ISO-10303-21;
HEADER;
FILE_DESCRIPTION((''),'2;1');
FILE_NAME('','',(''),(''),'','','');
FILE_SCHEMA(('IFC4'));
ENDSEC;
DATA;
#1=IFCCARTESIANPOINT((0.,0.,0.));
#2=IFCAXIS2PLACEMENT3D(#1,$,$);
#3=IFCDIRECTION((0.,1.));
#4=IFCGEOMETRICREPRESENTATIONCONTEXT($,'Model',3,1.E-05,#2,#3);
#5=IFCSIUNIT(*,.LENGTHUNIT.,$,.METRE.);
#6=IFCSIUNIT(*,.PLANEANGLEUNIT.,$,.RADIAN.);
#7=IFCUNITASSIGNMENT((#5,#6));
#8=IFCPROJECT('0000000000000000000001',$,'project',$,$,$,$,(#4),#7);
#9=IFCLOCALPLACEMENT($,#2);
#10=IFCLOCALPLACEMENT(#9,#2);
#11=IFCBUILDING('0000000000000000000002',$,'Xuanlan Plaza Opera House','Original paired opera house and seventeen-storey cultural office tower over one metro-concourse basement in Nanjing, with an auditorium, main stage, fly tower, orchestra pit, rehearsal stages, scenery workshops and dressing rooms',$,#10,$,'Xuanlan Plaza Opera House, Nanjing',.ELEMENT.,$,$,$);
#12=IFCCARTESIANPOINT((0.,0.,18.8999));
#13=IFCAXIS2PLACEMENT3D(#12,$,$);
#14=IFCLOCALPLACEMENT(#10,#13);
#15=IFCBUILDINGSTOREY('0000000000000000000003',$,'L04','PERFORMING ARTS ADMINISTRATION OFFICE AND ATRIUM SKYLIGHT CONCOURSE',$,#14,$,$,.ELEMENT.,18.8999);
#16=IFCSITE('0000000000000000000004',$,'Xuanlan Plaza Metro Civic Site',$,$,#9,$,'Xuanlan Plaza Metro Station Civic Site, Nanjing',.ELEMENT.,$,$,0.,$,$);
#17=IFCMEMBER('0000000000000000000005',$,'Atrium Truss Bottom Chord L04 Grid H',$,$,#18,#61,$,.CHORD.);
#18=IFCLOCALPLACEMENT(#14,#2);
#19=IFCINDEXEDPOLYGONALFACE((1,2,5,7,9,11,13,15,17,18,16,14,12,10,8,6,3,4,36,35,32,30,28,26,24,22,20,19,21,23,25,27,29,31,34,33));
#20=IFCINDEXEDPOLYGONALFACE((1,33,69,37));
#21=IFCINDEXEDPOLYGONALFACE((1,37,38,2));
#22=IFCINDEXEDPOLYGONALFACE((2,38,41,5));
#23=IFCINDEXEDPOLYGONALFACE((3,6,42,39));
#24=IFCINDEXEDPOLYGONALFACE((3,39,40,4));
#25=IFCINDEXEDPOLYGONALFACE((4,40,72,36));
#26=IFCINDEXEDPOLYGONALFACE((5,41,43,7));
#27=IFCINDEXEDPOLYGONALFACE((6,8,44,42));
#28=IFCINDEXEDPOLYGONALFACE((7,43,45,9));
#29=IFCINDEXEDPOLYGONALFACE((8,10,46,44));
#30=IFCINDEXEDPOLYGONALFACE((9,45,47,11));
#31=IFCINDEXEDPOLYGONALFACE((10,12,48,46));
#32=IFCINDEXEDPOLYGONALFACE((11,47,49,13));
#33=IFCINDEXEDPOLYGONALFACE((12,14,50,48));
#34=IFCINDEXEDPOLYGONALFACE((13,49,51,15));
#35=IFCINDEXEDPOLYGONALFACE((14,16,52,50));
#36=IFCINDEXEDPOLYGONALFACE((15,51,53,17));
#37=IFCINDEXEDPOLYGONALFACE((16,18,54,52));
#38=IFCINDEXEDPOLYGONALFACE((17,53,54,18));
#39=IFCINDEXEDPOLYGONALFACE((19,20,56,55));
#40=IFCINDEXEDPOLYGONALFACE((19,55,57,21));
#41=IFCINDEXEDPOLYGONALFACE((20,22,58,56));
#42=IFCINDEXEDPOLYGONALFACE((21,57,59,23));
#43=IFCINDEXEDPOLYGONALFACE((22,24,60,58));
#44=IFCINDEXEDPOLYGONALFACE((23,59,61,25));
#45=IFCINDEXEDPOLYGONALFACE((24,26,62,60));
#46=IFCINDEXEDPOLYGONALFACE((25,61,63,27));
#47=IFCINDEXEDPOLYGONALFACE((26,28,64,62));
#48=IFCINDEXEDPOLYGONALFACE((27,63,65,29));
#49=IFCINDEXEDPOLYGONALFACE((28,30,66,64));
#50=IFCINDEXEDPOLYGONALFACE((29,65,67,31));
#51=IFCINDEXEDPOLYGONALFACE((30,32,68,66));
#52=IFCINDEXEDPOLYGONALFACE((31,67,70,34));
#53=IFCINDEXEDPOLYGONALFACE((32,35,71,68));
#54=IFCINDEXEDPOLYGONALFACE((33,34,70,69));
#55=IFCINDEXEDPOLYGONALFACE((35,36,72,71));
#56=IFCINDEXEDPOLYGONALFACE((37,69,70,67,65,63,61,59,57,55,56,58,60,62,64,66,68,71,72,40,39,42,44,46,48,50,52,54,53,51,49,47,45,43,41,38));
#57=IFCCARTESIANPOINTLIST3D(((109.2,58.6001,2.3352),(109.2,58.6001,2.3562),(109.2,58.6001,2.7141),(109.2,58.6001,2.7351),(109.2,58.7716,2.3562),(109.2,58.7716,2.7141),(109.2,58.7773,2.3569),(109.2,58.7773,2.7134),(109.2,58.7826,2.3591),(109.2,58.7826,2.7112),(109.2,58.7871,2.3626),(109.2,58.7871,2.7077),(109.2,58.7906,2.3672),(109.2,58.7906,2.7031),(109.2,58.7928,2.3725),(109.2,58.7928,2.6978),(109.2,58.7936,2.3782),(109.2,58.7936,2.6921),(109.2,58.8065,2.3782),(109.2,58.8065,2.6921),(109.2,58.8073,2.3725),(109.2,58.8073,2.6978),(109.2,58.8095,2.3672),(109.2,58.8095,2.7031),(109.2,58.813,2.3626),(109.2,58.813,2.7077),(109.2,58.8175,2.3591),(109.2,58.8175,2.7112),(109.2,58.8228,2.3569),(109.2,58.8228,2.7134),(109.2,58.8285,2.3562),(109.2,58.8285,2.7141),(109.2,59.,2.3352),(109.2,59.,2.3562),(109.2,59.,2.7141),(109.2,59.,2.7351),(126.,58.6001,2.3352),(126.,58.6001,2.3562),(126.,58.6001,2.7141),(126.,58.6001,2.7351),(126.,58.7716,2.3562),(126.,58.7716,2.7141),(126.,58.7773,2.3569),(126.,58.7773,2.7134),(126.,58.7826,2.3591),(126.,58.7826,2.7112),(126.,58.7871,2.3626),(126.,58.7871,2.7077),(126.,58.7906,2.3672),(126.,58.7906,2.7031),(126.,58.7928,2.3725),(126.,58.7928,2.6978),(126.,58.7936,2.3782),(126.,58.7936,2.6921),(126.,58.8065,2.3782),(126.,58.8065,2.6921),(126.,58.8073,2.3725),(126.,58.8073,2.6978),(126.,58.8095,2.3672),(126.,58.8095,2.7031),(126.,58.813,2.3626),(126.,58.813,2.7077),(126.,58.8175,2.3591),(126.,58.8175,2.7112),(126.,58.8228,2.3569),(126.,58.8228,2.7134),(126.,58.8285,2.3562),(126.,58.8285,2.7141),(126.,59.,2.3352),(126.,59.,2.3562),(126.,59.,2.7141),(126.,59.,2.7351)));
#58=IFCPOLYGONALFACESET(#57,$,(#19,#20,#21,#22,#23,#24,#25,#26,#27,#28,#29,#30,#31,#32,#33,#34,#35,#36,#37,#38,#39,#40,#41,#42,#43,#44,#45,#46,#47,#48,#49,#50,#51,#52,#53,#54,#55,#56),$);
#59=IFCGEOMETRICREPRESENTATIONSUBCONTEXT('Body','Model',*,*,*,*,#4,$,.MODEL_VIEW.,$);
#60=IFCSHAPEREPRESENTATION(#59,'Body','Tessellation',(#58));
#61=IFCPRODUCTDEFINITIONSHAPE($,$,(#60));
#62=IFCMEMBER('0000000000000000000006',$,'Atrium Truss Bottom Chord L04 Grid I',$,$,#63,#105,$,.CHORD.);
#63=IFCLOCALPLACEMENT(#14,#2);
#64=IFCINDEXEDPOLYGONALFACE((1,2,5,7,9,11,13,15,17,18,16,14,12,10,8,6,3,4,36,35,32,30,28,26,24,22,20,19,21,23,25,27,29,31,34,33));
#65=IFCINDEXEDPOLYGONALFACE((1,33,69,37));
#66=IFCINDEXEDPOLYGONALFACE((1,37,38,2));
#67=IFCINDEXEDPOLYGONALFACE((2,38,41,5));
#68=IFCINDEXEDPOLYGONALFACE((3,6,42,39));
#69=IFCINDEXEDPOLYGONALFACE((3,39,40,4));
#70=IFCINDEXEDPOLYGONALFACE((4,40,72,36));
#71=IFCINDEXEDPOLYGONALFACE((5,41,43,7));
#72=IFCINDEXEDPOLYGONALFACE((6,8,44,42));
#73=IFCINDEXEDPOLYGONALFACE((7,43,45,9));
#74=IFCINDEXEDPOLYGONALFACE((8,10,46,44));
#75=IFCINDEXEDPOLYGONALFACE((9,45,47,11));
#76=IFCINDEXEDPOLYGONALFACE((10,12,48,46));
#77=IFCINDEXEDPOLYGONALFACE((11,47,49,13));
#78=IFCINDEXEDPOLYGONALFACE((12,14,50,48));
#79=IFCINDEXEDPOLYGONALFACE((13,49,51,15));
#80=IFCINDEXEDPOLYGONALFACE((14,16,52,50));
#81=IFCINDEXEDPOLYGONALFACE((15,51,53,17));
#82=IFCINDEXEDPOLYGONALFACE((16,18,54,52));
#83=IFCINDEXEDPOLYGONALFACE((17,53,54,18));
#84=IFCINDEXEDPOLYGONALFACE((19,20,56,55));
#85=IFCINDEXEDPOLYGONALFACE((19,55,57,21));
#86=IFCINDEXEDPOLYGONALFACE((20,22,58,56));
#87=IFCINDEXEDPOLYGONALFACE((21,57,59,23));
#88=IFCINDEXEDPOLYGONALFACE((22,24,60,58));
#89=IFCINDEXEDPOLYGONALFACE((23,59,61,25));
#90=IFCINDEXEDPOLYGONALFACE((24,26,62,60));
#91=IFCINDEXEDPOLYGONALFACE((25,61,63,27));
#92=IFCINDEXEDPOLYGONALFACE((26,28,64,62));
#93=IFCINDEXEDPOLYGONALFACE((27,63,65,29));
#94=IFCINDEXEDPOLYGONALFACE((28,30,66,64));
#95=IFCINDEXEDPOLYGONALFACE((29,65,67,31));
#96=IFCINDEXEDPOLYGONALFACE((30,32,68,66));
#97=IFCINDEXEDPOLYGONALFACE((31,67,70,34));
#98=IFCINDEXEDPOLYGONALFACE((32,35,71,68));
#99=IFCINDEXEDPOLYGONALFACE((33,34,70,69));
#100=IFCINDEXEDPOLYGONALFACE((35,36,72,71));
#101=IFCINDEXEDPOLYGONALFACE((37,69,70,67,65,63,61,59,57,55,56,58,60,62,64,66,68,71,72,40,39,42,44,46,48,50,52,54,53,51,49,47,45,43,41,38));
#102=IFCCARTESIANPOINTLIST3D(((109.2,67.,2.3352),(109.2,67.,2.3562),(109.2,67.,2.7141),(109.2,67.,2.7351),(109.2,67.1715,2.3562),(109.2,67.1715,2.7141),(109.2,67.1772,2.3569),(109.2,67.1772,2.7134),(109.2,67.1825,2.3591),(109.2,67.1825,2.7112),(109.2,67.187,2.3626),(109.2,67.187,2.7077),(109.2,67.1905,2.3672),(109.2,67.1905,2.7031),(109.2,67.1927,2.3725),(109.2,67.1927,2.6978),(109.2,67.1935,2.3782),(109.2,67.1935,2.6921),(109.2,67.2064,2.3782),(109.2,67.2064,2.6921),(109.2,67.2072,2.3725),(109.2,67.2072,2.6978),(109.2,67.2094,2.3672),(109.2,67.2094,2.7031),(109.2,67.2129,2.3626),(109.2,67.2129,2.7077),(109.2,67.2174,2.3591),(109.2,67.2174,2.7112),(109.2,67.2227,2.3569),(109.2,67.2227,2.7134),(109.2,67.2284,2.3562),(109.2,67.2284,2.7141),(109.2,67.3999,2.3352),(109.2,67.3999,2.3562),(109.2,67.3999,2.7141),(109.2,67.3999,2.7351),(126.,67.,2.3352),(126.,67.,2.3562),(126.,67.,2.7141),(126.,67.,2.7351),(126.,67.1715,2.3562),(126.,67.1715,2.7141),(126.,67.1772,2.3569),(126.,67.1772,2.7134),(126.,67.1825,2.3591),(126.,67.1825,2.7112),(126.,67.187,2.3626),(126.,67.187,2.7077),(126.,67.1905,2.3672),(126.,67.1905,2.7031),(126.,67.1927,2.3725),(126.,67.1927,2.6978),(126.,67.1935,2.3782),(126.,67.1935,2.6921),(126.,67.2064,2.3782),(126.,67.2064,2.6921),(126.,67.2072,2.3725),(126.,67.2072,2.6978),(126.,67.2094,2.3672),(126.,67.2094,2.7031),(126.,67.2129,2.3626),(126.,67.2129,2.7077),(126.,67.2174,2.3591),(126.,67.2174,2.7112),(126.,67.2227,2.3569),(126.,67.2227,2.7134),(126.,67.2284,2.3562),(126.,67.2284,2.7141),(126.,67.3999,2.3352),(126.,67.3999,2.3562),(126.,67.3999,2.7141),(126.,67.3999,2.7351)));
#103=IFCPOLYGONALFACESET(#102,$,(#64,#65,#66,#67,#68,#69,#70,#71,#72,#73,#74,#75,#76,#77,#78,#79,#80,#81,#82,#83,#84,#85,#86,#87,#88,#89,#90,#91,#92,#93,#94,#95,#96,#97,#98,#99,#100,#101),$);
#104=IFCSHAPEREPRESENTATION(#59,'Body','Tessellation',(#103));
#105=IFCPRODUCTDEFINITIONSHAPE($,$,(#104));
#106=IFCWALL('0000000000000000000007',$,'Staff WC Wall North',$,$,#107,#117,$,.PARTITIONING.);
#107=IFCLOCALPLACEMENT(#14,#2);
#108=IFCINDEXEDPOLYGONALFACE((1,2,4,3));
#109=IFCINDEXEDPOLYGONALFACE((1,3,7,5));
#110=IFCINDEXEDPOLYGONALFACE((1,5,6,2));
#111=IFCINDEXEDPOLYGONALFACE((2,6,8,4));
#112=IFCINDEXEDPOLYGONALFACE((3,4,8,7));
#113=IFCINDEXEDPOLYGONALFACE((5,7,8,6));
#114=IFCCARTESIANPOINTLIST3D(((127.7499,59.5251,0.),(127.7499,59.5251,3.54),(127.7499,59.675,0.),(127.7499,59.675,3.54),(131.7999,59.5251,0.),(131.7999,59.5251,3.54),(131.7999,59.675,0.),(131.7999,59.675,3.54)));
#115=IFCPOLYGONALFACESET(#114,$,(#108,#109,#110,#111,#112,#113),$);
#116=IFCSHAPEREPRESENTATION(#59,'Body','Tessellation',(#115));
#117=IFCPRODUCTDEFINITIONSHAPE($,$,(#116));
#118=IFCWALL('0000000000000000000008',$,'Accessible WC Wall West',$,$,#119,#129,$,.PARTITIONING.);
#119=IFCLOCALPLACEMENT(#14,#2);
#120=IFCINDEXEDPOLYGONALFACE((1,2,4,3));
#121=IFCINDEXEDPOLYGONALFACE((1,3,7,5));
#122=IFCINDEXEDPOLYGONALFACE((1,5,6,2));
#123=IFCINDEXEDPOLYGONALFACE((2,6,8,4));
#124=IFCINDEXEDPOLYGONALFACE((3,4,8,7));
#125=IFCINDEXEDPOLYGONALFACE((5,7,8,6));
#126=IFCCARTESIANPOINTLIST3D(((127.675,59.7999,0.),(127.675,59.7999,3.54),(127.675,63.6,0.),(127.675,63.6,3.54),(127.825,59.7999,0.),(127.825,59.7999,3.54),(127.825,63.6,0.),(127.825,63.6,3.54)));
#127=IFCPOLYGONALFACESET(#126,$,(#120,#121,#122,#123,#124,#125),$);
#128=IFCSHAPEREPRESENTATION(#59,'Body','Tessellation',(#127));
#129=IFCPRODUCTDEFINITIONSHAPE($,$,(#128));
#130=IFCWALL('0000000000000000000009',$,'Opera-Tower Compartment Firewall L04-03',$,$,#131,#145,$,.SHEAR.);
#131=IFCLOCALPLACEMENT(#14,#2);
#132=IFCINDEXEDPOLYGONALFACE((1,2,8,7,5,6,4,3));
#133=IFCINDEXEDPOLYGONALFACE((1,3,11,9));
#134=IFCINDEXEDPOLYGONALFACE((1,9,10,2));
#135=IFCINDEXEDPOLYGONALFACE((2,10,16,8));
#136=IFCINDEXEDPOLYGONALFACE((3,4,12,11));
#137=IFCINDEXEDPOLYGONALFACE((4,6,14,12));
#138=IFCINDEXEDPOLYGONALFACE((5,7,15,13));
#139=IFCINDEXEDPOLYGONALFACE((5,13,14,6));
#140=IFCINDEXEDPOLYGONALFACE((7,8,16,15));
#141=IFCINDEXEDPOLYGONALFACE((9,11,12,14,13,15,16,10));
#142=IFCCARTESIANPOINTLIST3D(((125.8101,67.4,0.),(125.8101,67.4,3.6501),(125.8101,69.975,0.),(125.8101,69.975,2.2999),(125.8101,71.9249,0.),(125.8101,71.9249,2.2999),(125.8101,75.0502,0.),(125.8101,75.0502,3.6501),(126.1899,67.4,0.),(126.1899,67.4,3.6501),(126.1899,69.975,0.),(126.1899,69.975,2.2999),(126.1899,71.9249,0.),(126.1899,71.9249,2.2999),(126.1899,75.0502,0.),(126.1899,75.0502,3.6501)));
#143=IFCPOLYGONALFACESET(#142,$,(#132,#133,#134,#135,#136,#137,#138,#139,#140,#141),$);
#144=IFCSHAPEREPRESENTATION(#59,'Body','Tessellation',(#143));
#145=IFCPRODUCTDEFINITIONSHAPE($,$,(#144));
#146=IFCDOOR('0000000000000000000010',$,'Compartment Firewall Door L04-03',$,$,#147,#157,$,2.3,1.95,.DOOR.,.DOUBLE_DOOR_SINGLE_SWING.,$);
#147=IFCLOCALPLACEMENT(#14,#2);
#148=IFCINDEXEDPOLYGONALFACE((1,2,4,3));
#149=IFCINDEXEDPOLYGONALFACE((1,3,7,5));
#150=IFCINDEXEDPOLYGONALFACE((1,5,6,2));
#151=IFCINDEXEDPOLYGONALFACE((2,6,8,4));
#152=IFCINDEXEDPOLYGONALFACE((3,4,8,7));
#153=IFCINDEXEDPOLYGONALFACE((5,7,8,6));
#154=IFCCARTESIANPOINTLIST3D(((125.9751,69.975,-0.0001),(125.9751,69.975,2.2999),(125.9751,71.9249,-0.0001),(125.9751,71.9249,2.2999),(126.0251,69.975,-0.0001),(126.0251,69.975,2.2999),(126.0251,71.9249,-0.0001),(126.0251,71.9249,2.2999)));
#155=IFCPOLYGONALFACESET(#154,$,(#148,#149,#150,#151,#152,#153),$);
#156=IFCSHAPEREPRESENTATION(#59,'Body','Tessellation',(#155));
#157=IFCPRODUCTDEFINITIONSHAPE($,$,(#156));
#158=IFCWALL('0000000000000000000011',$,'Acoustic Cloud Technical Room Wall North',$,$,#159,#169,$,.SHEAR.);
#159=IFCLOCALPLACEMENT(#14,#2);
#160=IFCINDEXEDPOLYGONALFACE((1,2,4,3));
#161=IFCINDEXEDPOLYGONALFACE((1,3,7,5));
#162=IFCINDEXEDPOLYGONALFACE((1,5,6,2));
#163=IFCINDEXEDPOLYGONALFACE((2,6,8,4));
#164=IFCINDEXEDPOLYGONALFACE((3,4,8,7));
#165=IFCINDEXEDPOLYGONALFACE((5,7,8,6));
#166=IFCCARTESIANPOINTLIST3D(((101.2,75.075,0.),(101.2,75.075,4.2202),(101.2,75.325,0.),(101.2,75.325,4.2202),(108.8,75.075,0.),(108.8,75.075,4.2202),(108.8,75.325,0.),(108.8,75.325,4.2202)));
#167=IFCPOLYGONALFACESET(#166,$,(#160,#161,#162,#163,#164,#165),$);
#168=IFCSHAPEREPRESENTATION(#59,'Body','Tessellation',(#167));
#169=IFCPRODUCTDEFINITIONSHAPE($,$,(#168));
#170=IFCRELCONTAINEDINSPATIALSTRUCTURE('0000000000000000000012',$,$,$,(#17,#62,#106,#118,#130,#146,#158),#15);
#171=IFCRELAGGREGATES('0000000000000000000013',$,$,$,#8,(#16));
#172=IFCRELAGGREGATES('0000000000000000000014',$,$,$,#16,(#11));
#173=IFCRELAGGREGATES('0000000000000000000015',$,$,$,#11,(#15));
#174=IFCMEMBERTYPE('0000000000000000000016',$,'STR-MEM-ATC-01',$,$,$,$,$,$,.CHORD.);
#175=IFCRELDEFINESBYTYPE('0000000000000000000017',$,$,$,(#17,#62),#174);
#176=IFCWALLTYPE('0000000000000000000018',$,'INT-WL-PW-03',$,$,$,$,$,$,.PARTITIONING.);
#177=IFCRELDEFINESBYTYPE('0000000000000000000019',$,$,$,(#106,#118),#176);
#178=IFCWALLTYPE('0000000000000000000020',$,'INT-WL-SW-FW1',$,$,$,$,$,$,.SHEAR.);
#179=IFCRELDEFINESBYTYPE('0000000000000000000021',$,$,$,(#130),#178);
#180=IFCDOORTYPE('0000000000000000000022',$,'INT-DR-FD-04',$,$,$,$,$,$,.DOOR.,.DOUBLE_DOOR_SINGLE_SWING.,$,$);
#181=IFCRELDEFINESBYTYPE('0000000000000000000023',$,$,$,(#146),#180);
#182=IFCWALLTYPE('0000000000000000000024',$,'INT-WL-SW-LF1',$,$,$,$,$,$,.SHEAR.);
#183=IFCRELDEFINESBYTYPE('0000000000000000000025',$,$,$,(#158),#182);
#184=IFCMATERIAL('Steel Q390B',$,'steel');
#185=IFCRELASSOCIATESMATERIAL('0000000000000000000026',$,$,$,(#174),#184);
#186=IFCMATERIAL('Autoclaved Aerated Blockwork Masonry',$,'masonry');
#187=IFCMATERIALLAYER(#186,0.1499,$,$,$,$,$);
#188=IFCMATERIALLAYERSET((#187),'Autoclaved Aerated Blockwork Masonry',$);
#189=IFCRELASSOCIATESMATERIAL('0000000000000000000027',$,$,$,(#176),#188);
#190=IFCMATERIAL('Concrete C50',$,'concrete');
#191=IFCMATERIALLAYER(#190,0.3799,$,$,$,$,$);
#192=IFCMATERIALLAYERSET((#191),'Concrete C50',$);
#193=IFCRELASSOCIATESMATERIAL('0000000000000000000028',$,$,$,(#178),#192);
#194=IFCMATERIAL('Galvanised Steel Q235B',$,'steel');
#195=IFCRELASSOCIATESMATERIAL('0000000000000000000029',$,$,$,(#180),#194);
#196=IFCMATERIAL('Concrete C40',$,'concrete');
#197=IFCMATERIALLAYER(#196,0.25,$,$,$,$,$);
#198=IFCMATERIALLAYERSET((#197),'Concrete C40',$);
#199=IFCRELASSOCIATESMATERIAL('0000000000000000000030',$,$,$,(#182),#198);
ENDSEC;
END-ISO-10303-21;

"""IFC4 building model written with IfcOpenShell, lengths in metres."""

from ifc_helpers import new_model, si_unit, direction, frame, frame_2d, origin, origin_2d, place, context, subcontext, project, spatial, rectangle, i_section, extrude, material, layer, layer_set, material_profile, profile_set, type_object, element, fill, save


model = new_model("IFC4")

# Units and contexts
model_context = context("Model", 3, precision=1e-05, world=origin(), true_north=direction((0.0, 1.0)))
body_context = subcontext(model_context, "Body", "Model", "MODEL_VIEW")
ifc_project = project(units=[si_unit("LENGTHUNIT", "METRE"), si_unit("PLANEANGLEUNIT", "RADIAN")], contexts=[model_context])

# Site, building, storey
site_placement = place(None, origin())
site = spatial("IfcSite", under=ifc_project, at=site_placement, Name="Xuanlan Plaza Metro Civic Site", LongName="Xuanlan Plaza Metro Station Civic Site, Nanjing", CompositionType="ELEMENT", RefElevation=0.0)
building_placement = place(site_placement, origin())
building = spatial("IfcBuilding", under=site, at=building_placement, Name="Xuanlan Plaza Opera House", Description="Original paired opera house and seventeen-storey cultural office tower over one metro-concourse basement in Nanjing, with an auditorium, main stage, fly tower, orchestra pit, rehearsal stages, scenery workshops and dressing rooms", LongName="Xuanlan Plaza Opera House, Nanjing", CompositionType="ELEMENT")
storey_placement = place(building_placement, frame((0.0, 0.0, 18.8999)))
storey = spatial("IfcBuildingStorey", under=building, at=storey_placement, Name="L04", Description="PERFORMING ARTS ADMINISTRATION OFFICE AND ATRIUM SKYLIGHT CONCOURSE", CompositionType="ELEMENT", Elevation=18.8999)

# Shared definitions
ifc_material_1 = material(Name="Concrete C50", Category="concrete")

# Shared definitions
ifc_material_2 = material(Name="Concrete C40", Category="concrete")
ifc_material_3 = material(Name="Steel Q390B", Category="steel")

# Members
ifc_material_profile_1 = material_profile(ifc_material_3, i_section(OverallWidth=0.3999, OverallDepth=0.3999, WebThickness=0.0129, FlangeThickness=0.021, FilletRadius=0.022, at=origin_2d()), Name="HW 400x400x13x21")
ifc_profile_set_1 = profile_set([ifc_material_profile_1], Name="Steel Q390B")
member_type = type_object("IfcMemberType", Name="STR-MEM-ATC-01", PredefinedType="CHORD", material=ifc_profile_set_1)
for number, where, z_axis, x_axis, name in (
    (1, (109.2, 58.8, 2.5352), (1.0, 0.0, 0.0), (0.0, 1.0, 0.0), "Atrium Truss Bottom Chord L04 Grid H"),
    (2, (109.2, 67.2, 2.5352), (1.0, 0.0, 0.0), (0.0, 1.0, 0.0), "Atrium Truss Bottom Chord L04 Grid I"),
):
    element("IfcMember", number, at=place(storey_placement, frame(where, z_axis=z_axis, x_axis=x_axis)), inside=storey, type_object=member_type, Name=name, PredefinedType="CHORD", context=body_context, shape_type="SweptSolid", body=[
        extrude(i_section(OverallWidth=0.3999, OverallDepth=0.3999, WebThickness=0.0129, FlangeThickness=0.021, FilletRadius=0.022, at=origin_2d()), origin(), (0.0, 0.0, 1.0), 16.8),
    ])

# Walls
ifc_material_4 = material(Name="Autoclaved Aerated Blockwork Masonry", Category="masonry")
ifc_layer_1 = layer(ifc_material_4, 0.1499)
ifc_layer_set_1 = layer_set([ifc_layer_1], Name="Autoclaved Aerated Blockwork Masonry")
wall_type_1 = type_object("IfcWallType", Name="INT-WL-PW-03", PredefinedType="PARTITIONING", material=ifc_layer_set_1)
wall_1_placement = place(storey_placement, frame((127.75, 59.6001, 0.0), z_axis=(0.0, 0.0, 1.0), x_axis=(1.0, 0.0, 0.0)))
element("IfcWall", 3, at=wall_1_placement, inside=storey, type_object=wall_type_1, Name="Staff WC Wall North", PredefinedType="PARTITIONING", context=body_context, shape_type="SweptSolid", body=[
    extrude(rectangle(XDim=4.05, YDim=0.1499, at=frame_2d((2.0249, 0.0))), origin(), (0.0, 0.0, 1.0), 3.54),
])
wall_2_placement = place(storey_placement, frame((127.75, 59.8, 0.0), z_axis=(0.0, 0.0, 1.0), x_axis=(0.0, 1.0, 0.0)))
element("IfcWall", 4, at=wall_2_placement, inside=storey, type_object=wall_type_1, Name="Accessible WC Wall West", PredefinedType="PARTITIONING", context=body_context, shape_type="SweptSolid", body=[
    extrude(rectangle(XDim=3.8, YDim=0.1499, at=frame_2d((1.8999, 0.0))), origin(), (0.0, 0.0, 1.0), 3.54),
])

# Wall, opening, door
ifc_layer_2 = layer(ifc_material_1, 0.3799)
ifc_layer_set_2 = layer_set([ifc_layer_2], Name="Concrete C50")
wall_type_2 = type_object("IfcWallType", Name="INT-WL-SW-FW1", PredefinedType="SHEAR", material=ifc_layer_set_2)
wall_3_placement = place(storey_placement, frame((126.0, 67.3999, 0.0), z_axis=(0.0, 0.0, 1.0), x_axis=(0.0, 1.0, 0.0)))
wall_3 = element("IfcWall", 5, at=wall_3_placement, inside=storey, type_object=wall_type_2, Name="Opera-Tower Compartment Firewall L04-03", PredefinedType="SHEAR", context=body_context, shape_type="SweptSolid", body=[
    extrude(rectangle(XDim=7.6501, YDim=0.3799, at=frame_2d((3.8252, 0.0))), origin(), (0.0, 0.0, 1.0), 3.6501),
])
opening_placement = place(wall_3_placement, frame((2.575, 0.0, 0.0)))
opening = element("IfcOpeningElement", 6, at=opening_placement, cuts=wall_3, PredefinedType="OPENING", context=body_context, shape_type="SweptSolid", body=[
    extrude(rectangle(XDim=1.95, YDim=2.3, at=frame_2d((0.9751, 1.1499))), frame((0.0, 0.2, 0.0), z_axis=(0.0, -1.0, 0.0), x_axis=(1.0, 0.0, 0.0)), (0.0, 0.0, 1.0), 0.3999),
])
ifc_material_5 = material(Name="Galvanised Steel Q235B", Category="steel")
door_type = type_object("IfcDoorType", Name="INT-DR-FD-04", OperationType="DOUBLE_DOOR_SINGLE_SWING", PredefinedType="DOOR", material=ifc_material_5)
door_placement = place(opening_placement, origin())
door = element("IfcDoor", 7, at=door_placement, inside=storey, type_object=door_type, Name="Compartment Firewall Door L04-03", OperationType="DOUBLE_DOOR_SINGLE_SWING", OverallHeight=2.3, OverallWidth=1.95, PredefinedType="DOOR", context=body_context, shape_type="SweptSolid", body=[
    extrude(rectangle(XDim=1.95, YDim=2.3, at=frame_2d((0.9751, 1.1499))), frame((0.0, 0.0249, 0.0), z_axis=(0.0, -1.0, 0.0), x_axis=(1.0, 0.0, 0.0)), (0.0, 0.0, 1.0), 0.05),
])
fill(opening, door)

# Wall
ifc_layer_3 = layer(ifc_material_2, 0.25)
ifc_layer_set_3 = layer_set([ifc_layer_3], Name="Concrete C40")
wall_type_3 = type_object("IfcWallType", Name="INT-WL-SW-LF1", PredefinedType="SHEAR", material=ifc_layer_set_3)
wall_4_placement = place(storey_placement, frame((101.2, 75.2, 0.0), z_axis=(0.0, 0.0, 1.0), x_axis=(1.0, 0.0, 0.0)))
element("IfcWall", 8, at=wall_4_placement, inside=storey, type_object=wall_type_3, Name="Acoustic Cloud Technical Room Wall North", PredefinedType="SHEAR", context=body_context, shape_type="SweptSolid", body=[
    extrude(rectangle(XDim=7.6001, YDim=0.25, at=frame_2d((3.8, 0.0))), origin(), (0.0, 0.0, 1.0), 4.2202),
])

save(model, "model.ifc")
